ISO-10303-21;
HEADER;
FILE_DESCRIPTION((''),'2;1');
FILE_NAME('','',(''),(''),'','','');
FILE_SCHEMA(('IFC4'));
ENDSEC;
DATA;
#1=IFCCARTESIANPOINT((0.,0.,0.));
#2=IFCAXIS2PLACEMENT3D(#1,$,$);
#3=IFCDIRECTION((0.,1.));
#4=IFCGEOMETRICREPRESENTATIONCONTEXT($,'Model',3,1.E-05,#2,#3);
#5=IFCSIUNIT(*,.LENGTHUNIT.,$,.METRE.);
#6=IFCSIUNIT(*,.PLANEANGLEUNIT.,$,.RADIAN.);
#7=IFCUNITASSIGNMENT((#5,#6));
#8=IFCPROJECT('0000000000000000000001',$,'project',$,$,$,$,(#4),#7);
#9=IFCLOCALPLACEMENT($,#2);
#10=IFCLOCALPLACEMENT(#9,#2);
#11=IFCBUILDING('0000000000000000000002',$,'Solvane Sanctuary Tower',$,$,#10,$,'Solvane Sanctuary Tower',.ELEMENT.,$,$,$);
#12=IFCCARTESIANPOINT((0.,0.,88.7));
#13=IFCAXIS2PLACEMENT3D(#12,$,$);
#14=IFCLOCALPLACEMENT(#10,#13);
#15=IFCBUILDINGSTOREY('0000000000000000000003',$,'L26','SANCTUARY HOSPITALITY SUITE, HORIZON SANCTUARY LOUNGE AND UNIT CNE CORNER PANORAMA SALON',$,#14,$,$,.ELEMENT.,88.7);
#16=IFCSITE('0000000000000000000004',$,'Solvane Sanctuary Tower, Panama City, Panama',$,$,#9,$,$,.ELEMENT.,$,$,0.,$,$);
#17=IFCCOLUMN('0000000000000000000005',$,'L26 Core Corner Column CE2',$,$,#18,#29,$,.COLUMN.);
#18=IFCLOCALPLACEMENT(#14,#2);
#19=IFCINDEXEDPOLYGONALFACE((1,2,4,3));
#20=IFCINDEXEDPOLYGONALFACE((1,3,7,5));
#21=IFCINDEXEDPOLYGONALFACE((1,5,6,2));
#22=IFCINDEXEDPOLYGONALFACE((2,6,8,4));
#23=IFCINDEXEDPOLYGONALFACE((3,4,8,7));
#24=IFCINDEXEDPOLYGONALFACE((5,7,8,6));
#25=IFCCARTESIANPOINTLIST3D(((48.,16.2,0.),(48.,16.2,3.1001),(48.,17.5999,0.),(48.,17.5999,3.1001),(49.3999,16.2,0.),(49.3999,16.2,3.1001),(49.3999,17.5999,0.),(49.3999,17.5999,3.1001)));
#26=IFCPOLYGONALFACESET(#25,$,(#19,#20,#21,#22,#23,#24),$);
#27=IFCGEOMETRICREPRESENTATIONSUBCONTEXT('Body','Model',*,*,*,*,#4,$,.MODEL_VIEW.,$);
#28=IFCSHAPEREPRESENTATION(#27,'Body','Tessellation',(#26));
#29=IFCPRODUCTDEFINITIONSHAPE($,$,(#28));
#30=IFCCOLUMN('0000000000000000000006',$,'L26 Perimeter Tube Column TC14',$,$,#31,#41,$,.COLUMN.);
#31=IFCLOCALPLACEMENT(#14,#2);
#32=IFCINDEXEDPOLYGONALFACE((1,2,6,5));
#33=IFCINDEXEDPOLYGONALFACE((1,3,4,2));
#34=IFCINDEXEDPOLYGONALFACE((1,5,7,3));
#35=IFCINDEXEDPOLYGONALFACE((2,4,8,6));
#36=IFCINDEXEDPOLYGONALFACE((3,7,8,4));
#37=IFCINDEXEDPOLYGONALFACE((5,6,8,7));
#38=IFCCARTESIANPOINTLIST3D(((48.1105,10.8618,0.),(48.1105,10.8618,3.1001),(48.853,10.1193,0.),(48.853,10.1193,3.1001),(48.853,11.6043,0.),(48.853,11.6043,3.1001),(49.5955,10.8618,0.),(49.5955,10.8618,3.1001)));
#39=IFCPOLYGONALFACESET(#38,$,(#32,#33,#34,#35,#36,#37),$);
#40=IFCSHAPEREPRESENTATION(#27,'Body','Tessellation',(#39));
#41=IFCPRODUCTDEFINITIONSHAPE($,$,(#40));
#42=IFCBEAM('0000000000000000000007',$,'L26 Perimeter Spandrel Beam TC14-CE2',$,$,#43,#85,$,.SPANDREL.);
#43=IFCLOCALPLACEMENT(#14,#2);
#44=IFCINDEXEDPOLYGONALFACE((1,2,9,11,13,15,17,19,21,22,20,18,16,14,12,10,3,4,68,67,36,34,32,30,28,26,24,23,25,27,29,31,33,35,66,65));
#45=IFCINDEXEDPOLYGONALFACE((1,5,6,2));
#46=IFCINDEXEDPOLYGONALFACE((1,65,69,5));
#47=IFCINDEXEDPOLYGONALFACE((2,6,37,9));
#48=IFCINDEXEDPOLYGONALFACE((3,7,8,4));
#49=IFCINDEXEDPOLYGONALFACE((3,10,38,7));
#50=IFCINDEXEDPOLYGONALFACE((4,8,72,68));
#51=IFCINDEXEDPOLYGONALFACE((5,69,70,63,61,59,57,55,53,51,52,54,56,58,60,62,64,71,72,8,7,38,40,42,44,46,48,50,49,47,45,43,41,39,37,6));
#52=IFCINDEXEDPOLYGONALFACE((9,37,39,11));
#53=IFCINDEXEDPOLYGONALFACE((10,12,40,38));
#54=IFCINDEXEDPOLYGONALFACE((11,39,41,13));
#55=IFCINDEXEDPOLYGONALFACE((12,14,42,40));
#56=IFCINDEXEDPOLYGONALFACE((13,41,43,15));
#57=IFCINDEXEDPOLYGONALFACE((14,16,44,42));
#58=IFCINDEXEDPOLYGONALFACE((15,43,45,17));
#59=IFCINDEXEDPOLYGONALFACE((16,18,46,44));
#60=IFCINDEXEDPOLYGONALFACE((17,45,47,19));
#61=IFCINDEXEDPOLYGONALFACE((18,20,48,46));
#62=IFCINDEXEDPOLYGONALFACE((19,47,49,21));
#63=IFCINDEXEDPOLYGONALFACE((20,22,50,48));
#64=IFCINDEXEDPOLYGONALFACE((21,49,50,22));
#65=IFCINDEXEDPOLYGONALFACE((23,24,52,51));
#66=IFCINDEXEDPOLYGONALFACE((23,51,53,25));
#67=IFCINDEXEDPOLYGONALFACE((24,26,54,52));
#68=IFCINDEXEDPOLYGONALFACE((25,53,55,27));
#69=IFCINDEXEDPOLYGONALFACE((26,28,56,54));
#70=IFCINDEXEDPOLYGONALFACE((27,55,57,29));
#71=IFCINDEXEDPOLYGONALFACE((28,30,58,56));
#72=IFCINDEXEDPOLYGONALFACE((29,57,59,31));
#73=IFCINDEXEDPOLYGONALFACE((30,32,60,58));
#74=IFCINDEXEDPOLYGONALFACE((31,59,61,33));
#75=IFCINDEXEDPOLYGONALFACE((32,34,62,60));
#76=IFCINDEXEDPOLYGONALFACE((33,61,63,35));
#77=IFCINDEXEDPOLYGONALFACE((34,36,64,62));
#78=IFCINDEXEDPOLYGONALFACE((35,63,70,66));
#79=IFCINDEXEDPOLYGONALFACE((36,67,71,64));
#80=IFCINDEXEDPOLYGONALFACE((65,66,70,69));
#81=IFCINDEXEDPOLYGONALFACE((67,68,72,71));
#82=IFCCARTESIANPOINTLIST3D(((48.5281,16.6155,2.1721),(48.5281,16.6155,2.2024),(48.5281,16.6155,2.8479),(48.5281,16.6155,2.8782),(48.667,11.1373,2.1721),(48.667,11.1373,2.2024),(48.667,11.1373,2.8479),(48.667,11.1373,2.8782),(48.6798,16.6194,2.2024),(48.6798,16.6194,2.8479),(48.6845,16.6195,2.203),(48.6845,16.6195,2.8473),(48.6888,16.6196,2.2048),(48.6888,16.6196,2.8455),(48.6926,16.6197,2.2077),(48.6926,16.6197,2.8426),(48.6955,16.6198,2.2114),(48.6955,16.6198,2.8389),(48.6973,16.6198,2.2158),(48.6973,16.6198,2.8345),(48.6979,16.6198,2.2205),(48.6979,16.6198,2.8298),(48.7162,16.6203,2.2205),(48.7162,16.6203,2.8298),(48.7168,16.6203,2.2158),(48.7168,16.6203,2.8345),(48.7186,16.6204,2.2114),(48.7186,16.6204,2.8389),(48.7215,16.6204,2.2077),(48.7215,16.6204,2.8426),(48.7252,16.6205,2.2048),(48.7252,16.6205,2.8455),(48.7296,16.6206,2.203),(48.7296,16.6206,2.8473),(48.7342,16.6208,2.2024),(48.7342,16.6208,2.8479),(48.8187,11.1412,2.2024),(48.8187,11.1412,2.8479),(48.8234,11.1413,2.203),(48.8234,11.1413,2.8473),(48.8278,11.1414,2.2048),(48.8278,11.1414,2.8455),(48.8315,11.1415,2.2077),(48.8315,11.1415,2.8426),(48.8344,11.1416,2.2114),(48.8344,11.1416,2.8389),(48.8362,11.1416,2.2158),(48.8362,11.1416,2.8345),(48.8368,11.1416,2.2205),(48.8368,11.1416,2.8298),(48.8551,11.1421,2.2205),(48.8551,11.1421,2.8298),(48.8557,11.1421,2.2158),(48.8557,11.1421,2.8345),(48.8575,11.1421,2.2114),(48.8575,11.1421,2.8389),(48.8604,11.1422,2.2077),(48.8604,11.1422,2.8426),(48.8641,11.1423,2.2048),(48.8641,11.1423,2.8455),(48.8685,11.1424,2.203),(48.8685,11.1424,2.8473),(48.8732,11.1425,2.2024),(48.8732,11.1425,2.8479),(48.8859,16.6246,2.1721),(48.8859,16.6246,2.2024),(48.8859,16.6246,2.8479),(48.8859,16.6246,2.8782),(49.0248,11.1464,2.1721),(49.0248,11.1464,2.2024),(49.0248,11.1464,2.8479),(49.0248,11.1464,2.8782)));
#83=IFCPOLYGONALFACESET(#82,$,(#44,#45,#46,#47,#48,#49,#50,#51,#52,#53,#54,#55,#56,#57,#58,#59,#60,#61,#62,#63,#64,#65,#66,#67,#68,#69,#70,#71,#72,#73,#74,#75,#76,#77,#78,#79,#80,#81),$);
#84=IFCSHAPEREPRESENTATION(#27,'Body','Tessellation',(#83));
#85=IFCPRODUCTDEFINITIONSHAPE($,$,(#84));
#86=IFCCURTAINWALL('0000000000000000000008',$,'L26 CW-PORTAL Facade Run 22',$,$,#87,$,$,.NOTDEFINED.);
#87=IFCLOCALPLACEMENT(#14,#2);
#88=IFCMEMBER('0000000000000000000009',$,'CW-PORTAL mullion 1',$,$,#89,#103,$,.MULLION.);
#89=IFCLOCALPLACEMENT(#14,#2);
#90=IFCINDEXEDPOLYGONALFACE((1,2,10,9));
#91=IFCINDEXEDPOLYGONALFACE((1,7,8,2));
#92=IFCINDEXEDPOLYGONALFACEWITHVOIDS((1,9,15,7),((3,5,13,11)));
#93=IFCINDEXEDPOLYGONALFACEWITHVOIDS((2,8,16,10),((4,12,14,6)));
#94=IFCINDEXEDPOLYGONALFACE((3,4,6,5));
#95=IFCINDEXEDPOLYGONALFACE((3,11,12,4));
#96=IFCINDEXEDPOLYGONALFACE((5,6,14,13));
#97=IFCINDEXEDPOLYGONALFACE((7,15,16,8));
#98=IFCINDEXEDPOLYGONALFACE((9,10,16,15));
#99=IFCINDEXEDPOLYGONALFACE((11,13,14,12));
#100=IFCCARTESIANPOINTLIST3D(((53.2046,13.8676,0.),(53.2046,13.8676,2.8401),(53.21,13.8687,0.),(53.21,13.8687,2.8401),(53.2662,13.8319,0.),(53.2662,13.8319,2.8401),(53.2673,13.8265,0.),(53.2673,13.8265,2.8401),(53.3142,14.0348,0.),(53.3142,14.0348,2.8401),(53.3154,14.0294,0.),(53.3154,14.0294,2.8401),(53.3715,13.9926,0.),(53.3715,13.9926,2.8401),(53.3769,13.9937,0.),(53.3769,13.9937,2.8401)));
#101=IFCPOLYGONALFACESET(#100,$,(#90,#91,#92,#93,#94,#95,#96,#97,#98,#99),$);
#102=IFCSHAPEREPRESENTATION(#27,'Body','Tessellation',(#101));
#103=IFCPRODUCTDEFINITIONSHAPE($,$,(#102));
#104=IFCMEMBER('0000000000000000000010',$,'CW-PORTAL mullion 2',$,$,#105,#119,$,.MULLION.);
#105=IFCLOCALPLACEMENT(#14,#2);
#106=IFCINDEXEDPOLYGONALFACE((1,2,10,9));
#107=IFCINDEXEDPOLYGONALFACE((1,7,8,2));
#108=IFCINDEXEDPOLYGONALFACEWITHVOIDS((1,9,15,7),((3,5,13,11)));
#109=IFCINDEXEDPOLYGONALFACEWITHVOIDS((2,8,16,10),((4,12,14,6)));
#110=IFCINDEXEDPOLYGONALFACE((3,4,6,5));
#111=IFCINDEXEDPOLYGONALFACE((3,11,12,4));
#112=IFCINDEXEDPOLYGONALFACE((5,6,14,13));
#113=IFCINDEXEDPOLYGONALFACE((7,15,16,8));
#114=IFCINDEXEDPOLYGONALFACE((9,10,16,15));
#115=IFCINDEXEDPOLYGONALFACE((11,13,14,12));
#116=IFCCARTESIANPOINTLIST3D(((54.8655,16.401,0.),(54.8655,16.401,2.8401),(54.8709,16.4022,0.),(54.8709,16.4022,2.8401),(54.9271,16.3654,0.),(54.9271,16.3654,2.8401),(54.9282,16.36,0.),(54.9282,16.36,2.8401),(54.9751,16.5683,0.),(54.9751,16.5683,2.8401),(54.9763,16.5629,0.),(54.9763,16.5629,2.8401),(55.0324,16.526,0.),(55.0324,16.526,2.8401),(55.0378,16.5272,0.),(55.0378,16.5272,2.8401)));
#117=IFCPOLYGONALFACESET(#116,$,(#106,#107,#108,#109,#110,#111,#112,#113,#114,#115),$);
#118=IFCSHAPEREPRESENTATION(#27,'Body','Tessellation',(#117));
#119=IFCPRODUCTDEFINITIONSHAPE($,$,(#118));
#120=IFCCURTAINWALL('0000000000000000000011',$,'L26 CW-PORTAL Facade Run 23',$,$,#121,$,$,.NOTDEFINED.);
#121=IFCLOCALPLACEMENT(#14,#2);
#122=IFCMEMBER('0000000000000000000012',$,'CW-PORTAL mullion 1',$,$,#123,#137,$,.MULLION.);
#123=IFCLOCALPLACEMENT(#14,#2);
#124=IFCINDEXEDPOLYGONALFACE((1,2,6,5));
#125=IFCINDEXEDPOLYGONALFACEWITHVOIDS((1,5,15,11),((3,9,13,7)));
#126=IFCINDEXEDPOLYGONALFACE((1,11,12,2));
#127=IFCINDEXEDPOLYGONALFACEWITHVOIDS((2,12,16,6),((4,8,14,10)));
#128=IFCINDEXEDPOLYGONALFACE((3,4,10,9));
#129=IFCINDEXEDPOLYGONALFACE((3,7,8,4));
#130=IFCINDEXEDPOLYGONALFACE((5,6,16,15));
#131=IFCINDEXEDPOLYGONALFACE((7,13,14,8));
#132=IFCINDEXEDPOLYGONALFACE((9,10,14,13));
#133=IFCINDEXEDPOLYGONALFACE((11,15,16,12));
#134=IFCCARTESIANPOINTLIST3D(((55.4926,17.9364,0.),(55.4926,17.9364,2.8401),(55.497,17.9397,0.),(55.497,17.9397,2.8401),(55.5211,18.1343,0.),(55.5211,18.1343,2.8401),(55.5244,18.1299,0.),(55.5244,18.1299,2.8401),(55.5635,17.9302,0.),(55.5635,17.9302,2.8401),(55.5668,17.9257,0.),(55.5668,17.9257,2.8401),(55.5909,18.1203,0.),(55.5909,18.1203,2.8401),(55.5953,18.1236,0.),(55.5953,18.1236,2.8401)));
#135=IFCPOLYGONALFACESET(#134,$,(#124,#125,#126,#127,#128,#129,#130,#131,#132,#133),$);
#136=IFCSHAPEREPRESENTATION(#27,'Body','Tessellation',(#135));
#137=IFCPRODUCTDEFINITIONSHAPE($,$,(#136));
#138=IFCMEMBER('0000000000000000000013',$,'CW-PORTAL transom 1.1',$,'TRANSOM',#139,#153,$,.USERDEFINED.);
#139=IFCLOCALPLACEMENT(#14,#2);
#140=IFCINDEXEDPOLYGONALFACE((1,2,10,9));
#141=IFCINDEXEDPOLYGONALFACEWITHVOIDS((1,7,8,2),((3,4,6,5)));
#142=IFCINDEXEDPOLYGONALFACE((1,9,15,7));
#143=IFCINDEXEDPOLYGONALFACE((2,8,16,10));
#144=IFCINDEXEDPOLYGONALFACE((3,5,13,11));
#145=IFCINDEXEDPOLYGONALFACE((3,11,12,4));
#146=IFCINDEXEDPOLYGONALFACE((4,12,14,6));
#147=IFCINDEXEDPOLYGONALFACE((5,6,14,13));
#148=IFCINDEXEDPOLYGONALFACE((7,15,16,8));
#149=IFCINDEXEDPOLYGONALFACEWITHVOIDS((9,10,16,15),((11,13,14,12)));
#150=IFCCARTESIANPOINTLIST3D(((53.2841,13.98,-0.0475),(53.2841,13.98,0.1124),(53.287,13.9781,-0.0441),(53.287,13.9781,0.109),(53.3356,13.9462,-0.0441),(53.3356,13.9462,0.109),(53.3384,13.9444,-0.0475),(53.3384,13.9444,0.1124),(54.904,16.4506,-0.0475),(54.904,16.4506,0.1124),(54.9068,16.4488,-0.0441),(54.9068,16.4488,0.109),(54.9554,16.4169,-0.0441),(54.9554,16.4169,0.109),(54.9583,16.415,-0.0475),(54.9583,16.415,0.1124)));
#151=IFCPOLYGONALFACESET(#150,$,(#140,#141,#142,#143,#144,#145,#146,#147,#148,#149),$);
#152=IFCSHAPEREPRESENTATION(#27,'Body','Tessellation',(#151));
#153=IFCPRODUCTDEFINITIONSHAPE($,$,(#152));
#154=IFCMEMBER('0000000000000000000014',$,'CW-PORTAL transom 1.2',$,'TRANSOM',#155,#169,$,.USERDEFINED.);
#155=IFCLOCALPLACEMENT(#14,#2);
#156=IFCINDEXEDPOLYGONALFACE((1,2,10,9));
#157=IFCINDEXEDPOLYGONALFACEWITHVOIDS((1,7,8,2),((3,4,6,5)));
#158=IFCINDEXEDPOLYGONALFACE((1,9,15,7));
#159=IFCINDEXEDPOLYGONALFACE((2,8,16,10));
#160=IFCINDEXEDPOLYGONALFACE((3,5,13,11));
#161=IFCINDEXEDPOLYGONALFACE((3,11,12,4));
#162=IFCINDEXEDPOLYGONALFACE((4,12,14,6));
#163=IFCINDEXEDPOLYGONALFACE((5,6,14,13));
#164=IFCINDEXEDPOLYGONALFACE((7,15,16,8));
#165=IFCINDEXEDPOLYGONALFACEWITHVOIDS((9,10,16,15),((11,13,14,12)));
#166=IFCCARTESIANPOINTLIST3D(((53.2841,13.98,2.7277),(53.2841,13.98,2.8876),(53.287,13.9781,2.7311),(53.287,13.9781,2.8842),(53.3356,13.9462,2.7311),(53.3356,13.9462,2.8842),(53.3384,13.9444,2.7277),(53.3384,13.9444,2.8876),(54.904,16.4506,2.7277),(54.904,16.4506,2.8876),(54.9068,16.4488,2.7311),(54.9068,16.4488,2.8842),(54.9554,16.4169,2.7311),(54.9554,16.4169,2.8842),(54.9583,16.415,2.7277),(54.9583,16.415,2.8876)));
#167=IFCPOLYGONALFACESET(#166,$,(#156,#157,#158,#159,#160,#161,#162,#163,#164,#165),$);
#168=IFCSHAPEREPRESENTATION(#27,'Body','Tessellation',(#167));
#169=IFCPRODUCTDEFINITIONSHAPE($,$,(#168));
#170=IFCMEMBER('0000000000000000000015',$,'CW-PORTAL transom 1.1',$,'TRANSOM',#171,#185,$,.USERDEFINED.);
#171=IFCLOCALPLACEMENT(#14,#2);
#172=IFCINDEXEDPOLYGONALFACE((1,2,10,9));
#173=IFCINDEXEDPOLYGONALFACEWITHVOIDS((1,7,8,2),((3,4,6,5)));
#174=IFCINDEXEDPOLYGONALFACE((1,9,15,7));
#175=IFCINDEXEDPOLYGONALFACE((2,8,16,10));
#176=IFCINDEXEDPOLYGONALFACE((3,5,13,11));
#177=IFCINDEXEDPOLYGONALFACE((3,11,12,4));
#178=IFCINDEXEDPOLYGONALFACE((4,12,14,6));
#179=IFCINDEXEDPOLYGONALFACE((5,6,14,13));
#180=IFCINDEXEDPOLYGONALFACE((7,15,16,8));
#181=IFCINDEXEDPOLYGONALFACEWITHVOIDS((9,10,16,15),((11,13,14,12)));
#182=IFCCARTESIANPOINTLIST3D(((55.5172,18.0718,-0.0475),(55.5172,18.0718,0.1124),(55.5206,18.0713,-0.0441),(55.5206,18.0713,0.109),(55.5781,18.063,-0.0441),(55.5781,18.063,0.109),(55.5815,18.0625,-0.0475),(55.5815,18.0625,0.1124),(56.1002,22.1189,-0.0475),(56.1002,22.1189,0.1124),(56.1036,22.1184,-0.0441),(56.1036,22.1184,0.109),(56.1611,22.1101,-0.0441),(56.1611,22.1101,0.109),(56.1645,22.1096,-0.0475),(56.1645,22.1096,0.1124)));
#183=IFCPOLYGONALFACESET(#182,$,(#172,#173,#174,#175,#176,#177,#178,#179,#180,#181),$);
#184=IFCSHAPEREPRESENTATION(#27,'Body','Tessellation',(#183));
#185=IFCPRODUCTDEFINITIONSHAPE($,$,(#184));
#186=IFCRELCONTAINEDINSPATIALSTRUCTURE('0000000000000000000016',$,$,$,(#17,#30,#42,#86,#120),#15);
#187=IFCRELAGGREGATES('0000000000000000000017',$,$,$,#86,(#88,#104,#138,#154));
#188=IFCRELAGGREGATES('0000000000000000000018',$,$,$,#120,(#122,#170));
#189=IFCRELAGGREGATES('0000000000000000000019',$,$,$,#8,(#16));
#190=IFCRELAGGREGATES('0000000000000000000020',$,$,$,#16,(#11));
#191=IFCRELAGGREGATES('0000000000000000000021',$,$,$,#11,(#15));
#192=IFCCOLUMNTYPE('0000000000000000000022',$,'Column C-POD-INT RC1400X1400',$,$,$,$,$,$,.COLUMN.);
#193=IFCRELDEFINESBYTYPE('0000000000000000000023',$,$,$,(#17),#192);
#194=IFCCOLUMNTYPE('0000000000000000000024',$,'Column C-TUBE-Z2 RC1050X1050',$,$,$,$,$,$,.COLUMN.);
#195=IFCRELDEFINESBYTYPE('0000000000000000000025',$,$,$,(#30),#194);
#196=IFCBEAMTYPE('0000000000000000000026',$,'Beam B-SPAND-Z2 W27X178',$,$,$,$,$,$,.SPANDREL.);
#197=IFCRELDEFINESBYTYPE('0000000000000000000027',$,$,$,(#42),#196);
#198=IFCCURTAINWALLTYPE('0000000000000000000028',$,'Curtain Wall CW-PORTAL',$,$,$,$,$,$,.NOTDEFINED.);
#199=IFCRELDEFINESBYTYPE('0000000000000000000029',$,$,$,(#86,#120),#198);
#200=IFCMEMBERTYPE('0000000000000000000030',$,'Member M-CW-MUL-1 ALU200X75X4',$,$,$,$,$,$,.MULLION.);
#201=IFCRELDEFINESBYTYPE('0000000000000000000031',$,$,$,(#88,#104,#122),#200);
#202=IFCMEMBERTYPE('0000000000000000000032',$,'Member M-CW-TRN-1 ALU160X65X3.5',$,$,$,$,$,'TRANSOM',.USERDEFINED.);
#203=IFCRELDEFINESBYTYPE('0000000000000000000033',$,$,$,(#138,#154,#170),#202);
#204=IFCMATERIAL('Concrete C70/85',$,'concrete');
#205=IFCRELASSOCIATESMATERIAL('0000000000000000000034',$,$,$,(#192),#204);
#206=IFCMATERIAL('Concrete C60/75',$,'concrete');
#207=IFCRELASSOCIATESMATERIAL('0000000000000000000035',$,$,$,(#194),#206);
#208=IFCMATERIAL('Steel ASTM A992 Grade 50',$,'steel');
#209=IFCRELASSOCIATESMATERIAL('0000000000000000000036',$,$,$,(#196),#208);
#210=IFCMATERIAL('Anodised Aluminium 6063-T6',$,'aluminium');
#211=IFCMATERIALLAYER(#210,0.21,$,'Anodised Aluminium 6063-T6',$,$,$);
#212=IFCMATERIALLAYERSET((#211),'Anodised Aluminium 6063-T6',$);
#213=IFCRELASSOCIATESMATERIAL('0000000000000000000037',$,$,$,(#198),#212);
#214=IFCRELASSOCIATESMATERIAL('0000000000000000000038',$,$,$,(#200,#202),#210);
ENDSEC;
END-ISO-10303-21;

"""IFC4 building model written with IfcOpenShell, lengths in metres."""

from ifc_helpers import new_model, si_unit, direction, frame, origin, origin_2d, place, context, subcontext, project, spatial, rectangle, hollow_rectangle, i_section, extrude, material, layer, layer_set, material_profile, profile_set, type_object, element, aggregate, save


model = new_model("IFC4")

# Units and contexts
model_context = context("Model", 3, precision=1e-05, world=origin(), true_north=direction((0.0, 1.0)))
body_context = subcontext(model_context, "Body", "Model", "MODEL_VIEW")
ifc_project = project(units=[si_unit("LENGTHUNIT", "METRE"), si_unit("PLANEANGLEUNIT", "RADIAN")], contexts=[model_context])

# Site, building, storey
site_placement = place(None, origin())
site = spatial("IfcSite", under=ifc_project, at=site_placement, Name="Solvane Sanctuary Tower, Panama City, Panama", CompositionType="ELEMENT", RefElevation=0.0)
building_placement = place(site_placement, origin())
building = spatial("IfcBuilding", under=site, at=building_placement, Name="Solvane Sanctuary Tower", LongName="Solvane Sanctuary Tower", CompositionType="ELEMENT")
storey_placement = place(building_placement, frame((0.0, 0.0, 88.7)))
storey = spatial("IfcBuildingStorey", under=building, at=storey_placement, Name="L26", Description="SANCTUARY HOSPITALITY SUITE, HORIZON SANCTUARY LOUNGE AND UNIT CNE CORNER PANORAMA SALON", CompositionType="ELEMENT", Elevation=88.7)

# Columns
ifc_material_1 = material(Name="Concrete C70/85", Category="concrete")
ifc_material_profile_1 = material_profile(ifc_material_1, rectangle(XDim=1.3999, YDim=1.3999, at=origin_2d()), Name="RC1400X1400")
ifc_profile_set_1 = profile_set([ifc_material_profile_1], Name="Concrete C70/85")
column_type_1 = type_object("IfcColumnType", Name="Column C-POD-INT RC1400X1400", PredefinedType="COLUMN", material=ifc_profile_set_1)
column_1_placement = place(storey_placement, frame((48.7, 16.8999, 0.0), z_axis=(0.0, 0.0, 1.0), x_axis=(1.0, 0.0, 0.0)))
element("IfcColumn", 1, at=column_1_placement, inside=storey, type_object=column_type_1, Name="L26 Core Corner Column CE2", PredefinedType="COLUMN", context=body_context, shape_type="SweptSolid", body=[
    extrude(rectangle(XDim=1.3999, YDim=1.3999, at=origin_2d()), origin(), (0.0, 0.0, 1.0), 3.1001),
])
ifc_material_2 = material(Name="Concrete C60/75", Category="concrete")
ifc_material_profile_2 = material_profile(ifc_material_2, rectangle(XDim=1.05, YDim=1.05, at=origin_2d()), Name="RC1050X1050")
ifc_profile_set_2 = profile_set([ifc_material_profile_2], Name="Concrete C60/75")
column_type_2 = type_object("IfcColumnType", Name="Column C-TUBE-Z2 RC1050X1050", PredefinedType="COLUMN", material=ifc_profile_set_2)
column_2_placement = place(storey_placement, frame((48.853, 10.8618, 0.0), z_axis=(0.0, 0.0, 1.0), x_axis=(0.707107, -0.707107, 0.0)))
element("IfcColumn", 2, at=column_2_placement, inside=storey, type_object=column_type_2, Name="L26 Perimeter Tube Column TC14", PredefinedType="COLUMN", context=body_context, shape_type="SweptSolid", body=[
    extrude(rectangle(XDim=1.05, YDim=1.05, at=origin_2d()), origin(), (0.0, 0.0, 1.0), 3.1001),
])

# Beam
ifc_material_3 = material(Name="Steel ASTM A992 Grade 50", Category="steel")
ifc_material_profile_3 = material_profile(ifc_material_3, i_section(OverallWidth=0.3579, OverallDepth=0.7061, WebThickness=0.0183, FlangeThickness=0.0303, FilletRadius=0.0181, at=origin_2d()), Name="W27X178")
ifc_profile_set_3 = profile_set([ifc_material_profile_3], Name="Steel ASTM A992 Grade 50")
beam_type = type_object("IfcBeamType", Name="Beam B-SPAND-Z2 W27X178", PredefinedType="SPANDREL", material=ifc_profile_set_3)
beam_placement = place(storey_placement, frame((48.8459, 11.1418, 2.5251), z_axis=(-0.025349, 0.999679, 0.0), x_axis=(-0.999679, -0.025349, 0.0)))
element("IfcBeam", 3, at=beam_placement, inside=storey, type_object=beam_type, Name="L26 Perimeter Spandrel Beam TC14-CE2", PredefinedType="SPANDREL", context=body_context, shape_type="SweptSolid", body=[
    extrude(i_section(OverallWidth=0.3579, OverallDepth=0.7061, WebThickness=0.0183, FlangeThickness=0.0303, FilletRadius=0.0181, at=origin_2d()), origin(), (0.0, 0.0, 1.0), 5.48),
])

# Curtain wall, members
ifc_material_4 = material(Name="Anodised Aluminium 6063-T6", Category="aluminium")
ifc_layer_1 = layer(ifc_material_4, 0.21, Name="Anodised Aluminium 6063-T6")
ifc_layer_set_1 = layer_set([ifc_layer_1], Name="Anodised Aluminium 6063-T6")
curtain_wall_type = type_object("IfcCurtainWallType", Name="Curtain Wall CW-PORTAL", PredefinedType="NOTDEFINED", material=ifc_layer_set_1)
curtain_wall_1_placement = place(storey_placement, origin())
curtain_wall_1 = element("IfcCurtainWall", 4, at=curtain_wall_1_placement, inside=storey, type_object=curtain_wall_type, Name="L26 CW-PORTAL Facade Run 22", PredefinedType="NOTDEFINED")
ifc_material_profile_4 = material_profile(ifc_material_4, hollow_rectangle(XDim=0.075, YDim=0.2, WallThickness=0.0039, at=origin_2d()), Name="ALU200X75X4")
ifc_profile_set_4 = profile_set([ifc_material_profile_4], Name="Anodised Aluminium 6063-T6")
member_type_1 = type_object("IfcMemberType", Name="Member M-CW-MUL-1 ALU200X75X4", PredefinedType="MULLION", material=ifc_profile_set_4)
member_1_placement = place(storey_placement, frame((53.2908, 13.9307, 0.0), z_axis=(0.0, 0.0, 1.0), x_axis=(-0.836298, 0.548276, 0.0)))
member_1 = element("IfcMember", 5, at=member_1_placement, type_object=member_type_1, Name="CW-PORTAL mullion 1", PredefinedType="MULLION", context=body_context, shape_type="SweptSolid", body=[
    extrude(hollow_rectangle(XDim=0.075, YDim=0.2, WallThickness=0.0039, at=origin_2d()), origin(), (0.0, 0.0, 1.0), 2.8401),
])
member_2_placement = place(storey_placement, frame((54.9517, 16.4641, 0.0), z_axis=(0.0, 0.0, 1.0), x_axis=(-0.836298, 0.548276, 0.0)))
member_2 = element("IfcMember", 6, at=member_2_placement, type_object=member_type_1, Name="CW-PORTAL mullion 2", PredefinedType="MULLION", context=body_context, shape_type="SweptSolid", body=[
    extrude(hollow_rectangle(XDim=0.075, YDim=0.2, WallThickness=0.0039, at=origin_2d()), origin(), (0.0, 0.0, 1.0), 2.8401),
])

# Curtain wall, member
curtain_wall_2_placement = place(storey_placement, origin())
curtain_wall_2 = element("IfcCurtainWall", 7, at=curtain_wall_2_placement, inside=storey, type_object=curtain_wall_type, Name="L26 CW-PORTAL Facade Run 23", PredefinedType="NOTDEFINED")
member_3_placement = place(storey_placement, frame((55.5439, 18.03, 0.0), z_axis=(0.0, 0.0, 1.0), x_axis=(-0.989782, 0.142587, 0.0)))
member_3 = element("IfcMember", 8, at=member_3_placement, type_object=member_type_1, Name="CW-PORTAL mullion 1", PredefinedType="MULLION", context=body_context, shape_type="SweptSolid", body=[
    extrude(hollow_rectangle(XDim=0.075, YDim=0.2, WallThickness=0.0039, at=origin_2d()), origin(), (0.0, 0.0, 1.0), 2.8401),
])

# Members
ifc_material_profile_5 = material_profile(ifc_material_4, hollow_rectangle(XDim=0.0649, YDim=0.1599, WallThickness=0.0034, at=origin_2d()), Name="ALU160X65X3.5")
ifc_profile_set_5 = profile_set([ifc_material_profile_5], Name="Anodised Aluminium 6063-T6")
member_type_2 = type_object("IfcMemberType", Name="Member M-CW-TRN-1 ALU160X65X3.5", ElementType="TRANSOM", PredefinedType="USERDEFINED", material=ifc_profile_set_5)
member_4_placement = place(storey_placement, frame((53.3113, 13.9622, 0.0325), z_axis=(0.548295, 0.836285, 0.0), x_axis=(-0.836285, 0.548295, 0.0)))
member_4 = element("IfcMember", 9, at=member_4_placement, type_object=member_type_2, Name="CW-PORTAL transom 1.1", ObjectType="TRANSOM", PredefinedType="USERDEFINED", context=body_context, shape_type="SweptSolid", body=[
    extrude(hollow_rectangle(XDim=0.0649, YDim=0.1599, WallThickness=0.0034, at=origin_2d()), origin(), (0.0, 0.0, 1.0), 2.9543),
])
member_5_placement = place(storey_placement, frame((53.3113, 13.9622, 2.8076), z_axis=(0.548295, 0.836285, 0.0), x_axis=(-0.836285, 0.548295, 0.0)))
member_5 = element("IfcMember", 10, at=member_5_placement, type_object=member_type_2, Name="CW-PORTAL transom 1.2", ObjectType="TRANSOM", PredefinedType="USERDEFINED", context=body_context, shape_type="SweptSolid", body=[
    extrude(hollow_rectangle(XDim=0.0649, YDim=0.1599, WallThickness=0.0034, at=origin_2d()), origin(), (0.0, 0.0, 1.0), 2.9543),
])
member_6_placement = place(storey_placement, frame((55.5493, 18.0671, 0.0325), z_axis=(0.142583, 0.989783, 0.0), x_axis=(-0.989783, 0.142583, 0.0)))
member_6 = element("IfcMember", 11, at=member_6_placement, type_object=member_type_2, Name="CW-PORTAL transom 1.1", ObjectType="TRANSOM", PredefinedType="USERDEFINED", context=body_context, shape_type="SweptSolid", body=[
    extrude(hollow_rectangle(XDim=0.0649, YDim=0.1599, WallThickness=0.0034, at=origin_2d()), origin(), (0.0, 0.0, 1.0), 4.0889),
])

aggregate(curtain_wall_1, [member_1, member_2, member_4, member_5])
aggregate(curtain_wall_2, [member_3, member_6])

save(model, "model.ifc")
